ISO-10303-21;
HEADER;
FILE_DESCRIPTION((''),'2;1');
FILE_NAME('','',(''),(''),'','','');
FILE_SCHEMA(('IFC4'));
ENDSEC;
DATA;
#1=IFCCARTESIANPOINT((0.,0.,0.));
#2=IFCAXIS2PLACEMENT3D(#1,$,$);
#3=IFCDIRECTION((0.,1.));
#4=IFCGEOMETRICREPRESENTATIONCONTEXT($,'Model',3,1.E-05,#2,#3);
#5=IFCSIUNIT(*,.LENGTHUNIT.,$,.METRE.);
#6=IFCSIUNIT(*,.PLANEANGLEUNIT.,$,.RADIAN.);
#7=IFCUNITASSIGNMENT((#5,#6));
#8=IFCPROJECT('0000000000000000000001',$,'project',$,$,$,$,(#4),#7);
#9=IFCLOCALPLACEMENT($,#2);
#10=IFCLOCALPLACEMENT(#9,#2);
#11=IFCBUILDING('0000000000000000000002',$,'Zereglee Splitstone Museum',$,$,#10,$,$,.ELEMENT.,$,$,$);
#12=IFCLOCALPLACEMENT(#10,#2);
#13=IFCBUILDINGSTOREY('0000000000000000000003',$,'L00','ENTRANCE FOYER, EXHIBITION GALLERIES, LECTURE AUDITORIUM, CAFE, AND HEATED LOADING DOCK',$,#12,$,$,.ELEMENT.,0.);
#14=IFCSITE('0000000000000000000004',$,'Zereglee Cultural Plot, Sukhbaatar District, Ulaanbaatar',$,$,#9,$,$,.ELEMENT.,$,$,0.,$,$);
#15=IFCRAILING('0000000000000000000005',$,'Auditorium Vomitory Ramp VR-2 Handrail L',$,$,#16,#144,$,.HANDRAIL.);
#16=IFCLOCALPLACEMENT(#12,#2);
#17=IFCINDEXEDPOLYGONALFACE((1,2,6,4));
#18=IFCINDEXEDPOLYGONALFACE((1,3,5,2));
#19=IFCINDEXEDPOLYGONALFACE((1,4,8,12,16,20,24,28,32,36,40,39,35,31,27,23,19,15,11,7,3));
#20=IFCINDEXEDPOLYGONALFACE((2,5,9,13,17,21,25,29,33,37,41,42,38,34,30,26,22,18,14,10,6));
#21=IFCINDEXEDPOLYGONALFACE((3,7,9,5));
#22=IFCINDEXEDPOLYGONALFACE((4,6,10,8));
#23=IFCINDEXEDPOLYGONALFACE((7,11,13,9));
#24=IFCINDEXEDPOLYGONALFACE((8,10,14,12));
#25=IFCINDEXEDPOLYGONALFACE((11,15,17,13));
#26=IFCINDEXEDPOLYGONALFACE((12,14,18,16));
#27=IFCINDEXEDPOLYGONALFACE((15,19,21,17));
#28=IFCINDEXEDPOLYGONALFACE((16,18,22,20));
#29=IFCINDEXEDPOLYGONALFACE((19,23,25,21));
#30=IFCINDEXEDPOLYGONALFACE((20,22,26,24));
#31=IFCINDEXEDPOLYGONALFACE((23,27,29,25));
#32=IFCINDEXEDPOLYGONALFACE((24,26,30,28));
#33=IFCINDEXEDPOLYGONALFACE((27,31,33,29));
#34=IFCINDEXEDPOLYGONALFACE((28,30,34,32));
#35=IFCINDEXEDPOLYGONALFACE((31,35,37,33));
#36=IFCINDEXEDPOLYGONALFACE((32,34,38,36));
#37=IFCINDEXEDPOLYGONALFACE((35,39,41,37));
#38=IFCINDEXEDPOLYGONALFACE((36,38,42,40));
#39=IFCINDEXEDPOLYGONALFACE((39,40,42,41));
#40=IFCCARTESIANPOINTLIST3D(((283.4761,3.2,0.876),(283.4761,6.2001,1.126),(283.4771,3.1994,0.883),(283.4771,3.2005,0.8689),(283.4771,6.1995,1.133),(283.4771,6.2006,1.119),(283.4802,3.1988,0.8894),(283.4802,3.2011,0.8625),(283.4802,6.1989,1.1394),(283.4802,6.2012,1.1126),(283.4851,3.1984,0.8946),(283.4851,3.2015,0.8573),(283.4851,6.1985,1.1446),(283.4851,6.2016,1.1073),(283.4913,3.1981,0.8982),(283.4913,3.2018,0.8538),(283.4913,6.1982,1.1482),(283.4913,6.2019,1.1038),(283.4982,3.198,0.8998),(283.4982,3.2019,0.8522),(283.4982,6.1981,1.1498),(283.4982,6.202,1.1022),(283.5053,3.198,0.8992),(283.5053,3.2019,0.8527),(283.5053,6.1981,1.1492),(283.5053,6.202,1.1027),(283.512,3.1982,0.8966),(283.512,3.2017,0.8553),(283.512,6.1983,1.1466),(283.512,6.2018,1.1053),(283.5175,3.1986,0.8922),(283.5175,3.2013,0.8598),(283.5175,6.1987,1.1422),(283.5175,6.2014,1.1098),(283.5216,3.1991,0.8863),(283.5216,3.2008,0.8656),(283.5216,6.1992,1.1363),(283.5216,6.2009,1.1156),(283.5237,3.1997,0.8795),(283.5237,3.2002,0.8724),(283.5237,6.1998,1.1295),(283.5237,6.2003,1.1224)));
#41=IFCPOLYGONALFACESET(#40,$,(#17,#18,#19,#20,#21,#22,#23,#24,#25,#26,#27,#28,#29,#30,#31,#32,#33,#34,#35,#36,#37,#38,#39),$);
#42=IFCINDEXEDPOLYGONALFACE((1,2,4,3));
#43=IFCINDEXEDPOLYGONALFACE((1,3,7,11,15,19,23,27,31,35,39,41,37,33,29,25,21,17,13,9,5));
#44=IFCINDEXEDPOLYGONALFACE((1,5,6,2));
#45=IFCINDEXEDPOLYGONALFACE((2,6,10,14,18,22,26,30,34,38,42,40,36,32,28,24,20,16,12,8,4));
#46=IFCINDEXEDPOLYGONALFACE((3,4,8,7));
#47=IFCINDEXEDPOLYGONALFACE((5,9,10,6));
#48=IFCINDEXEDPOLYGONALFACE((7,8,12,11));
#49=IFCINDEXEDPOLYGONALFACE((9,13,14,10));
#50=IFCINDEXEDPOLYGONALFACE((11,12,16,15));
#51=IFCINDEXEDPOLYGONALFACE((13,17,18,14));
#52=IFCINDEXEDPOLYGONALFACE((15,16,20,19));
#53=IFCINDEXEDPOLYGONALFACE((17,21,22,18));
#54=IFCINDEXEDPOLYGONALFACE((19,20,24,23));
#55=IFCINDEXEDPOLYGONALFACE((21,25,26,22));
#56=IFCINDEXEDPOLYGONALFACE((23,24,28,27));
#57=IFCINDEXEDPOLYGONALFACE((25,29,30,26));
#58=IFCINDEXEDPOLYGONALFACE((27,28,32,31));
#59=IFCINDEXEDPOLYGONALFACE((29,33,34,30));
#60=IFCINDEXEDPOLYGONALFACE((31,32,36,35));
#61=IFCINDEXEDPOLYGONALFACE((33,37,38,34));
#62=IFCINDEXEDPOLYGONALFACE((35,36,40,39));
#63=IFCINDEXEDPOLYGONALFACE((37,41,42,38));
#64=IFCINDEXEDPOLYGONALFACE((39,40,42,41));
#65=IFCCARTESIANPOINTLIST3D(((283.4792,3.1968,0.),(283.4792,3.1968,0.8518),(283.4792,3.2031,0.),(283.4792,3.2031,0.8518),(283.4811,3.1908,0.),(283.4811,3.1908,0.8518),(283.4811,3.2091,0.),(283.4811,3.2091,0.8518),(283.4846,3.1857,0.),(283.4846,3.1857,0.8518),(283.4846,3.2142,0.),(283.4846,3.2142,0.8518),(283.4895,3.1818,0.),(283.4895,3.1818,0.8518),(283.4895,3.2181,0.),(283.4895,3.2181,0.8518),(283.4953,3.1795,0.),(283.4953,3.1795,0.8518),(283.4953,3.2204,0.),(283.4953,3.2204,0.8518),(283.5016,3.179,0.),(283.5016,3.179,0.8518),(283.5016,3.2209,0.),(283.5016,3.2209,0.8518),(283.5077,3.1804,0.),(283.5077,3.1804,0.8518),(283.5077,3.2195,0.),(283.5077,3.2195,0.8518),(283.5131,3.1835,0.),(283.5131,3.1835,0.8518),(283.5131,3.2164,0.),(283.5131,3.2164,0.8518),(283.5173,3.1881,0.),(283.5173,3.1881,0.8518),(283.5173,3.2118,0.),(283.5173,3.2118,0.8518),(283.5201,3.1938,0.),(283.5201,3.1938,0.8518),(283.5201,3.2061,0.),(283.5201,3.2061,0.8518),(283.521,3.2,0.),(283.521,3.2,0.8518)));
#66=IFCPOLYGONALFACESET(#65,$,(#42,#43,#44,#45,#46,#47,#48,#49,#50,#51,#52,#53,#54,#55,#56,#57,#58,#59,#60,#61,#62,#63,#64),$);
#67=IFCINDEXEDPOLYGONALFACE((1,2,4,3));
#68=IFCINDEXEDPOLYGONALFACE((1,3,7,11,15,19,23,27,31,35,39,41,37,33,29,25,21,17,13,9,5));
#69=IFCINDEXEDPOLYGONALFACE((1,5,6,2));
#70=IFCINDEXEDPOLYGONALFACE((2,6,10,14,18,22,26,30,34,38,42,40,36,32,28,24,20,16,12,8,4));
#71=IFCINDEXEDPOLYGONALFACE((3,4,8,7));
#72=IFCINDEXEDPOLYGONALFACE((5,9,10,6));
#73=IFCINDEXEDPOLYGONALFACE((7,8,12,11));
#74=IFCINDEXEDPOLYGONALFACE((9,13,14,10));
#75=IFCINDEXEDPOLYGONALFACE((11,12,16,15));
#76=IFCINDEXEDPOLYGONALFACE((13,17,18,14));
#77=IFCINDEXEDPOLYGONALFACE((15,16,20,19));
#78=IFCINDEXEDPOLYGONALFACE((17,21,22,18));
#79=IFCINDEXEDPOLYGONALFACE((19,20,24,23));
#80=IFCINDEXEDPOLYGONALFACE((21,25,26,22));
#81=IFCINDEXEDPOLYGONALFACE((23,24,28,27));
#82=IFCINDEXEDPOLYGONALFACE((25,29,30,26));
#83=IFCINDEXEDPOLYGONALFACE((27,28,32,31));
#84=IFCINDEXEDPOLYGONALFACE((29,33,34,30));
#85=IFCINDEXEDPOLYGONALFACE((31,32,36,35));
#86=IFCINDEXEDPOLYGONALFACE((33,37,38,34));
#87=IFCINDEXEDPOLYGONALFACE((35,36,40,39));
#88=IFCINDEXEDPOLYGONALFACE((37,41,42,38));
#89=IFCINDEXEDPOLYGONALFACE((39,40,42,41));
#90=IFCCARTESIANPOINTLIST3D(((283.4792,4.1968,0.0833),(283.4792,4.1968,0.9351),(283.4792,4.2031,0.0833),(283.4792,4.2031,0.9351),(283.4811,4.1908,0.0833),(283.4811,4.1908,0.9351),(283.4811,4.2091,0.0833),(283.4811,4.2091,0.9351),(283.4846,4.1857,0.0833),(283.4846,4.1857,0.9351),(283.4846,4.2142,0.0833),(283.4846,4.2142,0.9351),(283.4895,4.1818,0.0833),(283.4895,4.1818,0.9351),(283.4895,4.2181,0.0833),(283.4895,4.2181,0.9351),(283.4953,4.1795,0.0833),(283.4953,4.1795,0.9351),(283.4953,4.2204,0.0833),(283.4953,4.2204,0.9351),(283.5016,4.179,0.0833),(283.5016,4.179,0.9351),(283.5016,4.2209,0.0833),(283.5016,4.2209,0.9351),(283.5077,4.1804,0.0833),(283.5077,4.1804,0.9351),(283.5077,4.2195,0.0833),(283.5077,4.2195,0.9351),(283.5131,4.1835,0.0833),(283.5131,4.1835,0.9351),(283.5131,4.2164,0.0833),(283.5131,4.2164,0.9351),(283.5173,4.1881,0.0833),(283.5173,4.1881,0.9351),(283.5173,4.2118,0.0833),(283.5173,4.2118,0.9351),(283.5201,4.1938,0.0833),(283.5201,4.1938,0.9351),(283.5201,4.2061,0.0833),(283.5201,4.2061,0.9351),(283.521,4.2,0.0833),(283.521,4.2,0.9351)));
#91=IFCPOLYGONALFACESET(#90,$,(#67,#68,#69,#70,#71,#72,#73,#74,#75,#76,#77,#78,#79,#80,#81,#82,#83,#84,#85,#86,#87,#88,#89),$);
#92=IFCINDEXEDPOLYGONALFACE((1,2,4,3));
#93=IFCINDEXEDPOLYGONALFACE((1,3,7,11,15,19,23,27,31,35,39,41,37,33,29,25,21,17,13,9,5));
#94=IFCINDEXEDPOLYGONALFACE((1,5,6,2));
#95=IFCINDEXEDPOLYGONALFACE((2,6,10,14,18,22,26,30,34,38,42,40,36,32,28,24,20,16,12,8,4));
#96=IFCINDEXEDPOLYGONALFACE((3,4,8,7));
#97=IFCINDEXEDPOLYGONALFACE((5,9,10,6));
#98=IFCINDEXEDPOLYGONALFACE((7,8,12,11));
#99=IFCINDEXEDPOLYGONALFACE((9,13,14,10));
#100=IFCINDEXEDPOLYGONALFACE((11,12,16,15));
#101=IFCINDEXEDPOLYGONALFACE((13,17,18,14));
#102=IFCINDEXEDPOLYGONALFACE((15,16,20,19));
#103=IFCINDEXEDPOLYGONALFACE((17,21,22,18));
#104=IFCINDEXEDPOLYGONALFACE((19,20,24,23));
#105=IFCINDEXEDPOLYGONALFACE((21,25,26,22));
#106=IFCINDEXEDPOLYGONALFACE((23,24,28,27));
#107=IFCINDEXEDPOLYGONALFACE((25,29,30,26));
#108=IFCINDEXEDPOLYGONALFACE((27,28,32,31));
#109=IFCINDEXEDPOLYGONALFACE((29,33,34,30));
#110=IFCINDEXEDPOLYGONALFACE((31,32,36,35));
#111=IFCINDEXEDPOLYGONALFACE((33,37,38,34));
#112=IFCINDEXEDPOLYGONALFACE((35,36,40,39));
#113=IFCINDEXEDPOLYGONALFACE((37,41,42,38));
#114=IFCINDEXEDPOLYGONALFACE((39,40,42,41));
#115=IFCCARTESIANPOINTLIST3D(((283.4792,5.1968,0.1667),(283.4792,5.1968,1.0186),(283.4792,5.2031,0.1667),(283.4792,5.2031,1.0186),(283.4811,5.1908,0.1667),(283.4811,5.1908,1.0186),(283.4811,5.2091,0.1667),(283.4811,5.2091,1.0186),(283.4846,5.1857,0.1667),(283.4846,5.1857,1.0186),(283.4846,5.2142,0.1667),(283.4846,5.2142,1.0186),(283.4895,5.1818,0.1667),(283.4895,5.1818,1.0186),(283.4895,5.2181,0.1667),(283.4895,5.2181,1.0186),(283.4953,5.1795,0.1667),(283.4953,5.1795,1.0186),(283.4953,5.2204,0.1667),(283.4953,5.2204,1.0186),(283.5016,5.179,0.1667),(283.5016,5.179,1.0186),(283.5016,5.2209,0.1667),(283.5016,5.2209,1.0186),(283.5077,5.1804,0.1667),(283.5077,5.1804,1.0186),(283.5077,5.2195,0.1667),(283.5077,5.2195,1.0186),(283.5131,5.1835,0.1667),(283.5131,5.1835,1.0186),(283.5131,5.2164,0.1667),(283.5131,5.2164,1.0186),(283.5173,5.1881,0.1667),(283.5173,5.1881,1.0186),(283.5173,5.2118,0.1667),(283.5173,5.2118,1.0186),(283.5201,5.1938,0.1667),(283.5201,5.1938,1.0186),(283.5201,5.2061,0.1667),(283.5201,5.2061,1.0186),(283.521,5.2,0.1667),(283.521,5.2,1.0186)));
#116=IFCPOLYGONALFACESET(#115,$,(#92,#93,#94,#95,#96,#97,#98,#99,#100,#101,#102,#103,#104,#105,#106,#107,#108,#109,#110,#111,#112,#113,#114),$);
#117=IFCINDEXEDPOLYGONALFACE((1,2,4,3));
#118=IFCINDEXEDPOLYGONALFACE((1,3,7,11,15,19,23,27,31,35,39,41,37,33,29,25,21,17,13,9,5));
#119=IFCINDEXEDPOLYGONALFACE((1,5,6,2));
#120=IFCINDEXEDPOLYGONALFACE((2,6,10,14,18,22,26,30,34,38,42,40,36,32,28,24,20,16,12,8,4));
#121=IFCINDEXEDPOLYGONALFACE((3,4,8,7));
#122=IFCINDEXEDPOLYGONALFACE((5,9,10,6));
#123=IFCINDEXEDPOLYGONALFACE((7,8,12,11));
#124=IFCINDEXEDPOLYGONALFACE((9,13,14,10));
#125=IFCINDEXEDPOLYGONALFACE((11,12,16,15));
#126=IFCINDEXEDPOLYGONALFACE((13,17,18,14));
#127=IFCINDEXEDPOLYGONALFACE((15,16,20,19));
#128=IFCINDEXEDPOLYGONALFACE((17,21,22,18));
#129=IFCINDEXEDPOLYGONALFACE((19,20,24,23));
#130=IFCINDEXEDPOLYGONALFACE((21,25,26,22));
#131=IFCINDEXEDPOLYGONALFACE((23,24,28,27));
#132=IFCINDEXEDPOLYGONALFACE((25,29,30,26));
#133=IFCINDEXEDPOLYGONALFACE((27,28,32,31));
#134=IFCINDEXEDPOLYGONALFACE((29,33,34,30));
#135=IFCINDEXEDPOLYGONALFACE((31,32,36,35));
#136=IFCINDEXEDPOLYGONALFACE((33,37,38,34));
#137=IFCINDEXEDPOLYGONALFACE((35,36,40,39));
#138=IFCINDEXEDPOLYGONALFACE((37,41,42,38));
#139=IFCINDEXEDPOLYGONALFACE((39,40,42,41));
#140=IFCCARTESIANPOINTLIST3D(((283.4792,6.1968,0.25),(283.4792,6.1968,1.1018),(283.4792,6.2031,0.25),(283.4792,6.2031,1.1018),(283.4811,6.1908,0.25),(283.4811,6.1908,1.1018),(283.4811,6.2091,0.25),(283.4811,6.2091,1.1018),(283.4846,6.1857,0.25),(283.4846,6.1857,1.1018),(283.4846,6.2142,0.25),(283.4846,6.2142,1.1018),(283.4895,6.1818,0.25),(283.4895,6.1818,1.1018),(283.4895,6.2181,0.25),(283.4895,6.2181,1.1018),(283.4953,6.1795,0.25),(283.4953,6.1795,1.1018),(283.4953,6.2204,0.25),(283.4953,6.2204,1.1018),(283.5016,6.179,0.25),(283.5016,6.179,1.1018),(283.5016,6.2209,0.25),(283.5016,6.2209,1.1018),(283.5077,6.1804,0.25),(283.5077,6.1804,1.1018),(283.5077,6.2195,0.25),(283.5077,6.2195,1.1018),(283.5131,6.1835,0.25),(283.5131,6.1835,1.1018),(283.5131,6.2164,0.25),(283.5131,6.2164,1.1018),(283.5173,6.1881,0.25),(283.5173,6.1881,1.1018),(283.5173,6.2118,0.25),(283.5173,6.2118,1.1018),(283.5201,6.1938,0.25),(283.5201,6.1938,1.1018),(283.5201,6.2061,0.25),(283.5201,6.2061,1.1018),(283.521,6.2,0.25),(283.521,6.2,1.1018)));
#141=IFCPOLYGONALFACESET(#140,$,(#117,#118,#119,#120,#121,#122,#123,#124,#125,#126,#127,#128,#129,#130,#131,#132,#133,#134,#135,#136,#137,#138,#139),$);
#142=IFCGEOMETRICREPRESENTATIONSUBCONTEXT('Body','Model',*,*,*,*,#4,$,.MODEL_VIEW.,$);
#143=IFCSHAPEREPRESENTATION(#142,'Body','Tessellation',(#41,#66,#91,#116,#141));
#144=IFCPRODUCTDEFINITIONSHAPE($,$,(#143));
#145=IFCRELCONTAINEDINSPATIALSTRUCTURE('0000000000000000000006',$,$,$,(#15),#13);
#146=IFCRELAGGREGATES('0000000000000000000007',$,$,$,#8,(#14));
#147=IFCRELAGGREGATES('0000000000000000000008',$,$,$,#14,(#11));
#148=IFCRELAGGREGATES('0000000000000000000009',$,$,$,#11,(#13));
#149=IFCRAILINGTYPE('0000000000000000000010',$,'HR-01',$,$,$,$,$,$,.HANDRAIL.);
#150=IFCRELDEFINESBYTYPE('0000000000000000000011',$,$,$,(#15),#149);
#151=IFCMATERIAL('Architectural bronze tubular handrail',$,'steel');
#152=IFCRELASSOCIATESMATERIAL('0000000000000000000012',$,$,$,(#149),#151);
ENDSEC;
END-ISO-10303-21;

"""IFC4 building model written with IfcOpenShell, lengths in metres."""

from ifc_helpers import new_model, si_unit, direction, frame, origin, origin_2d, place, context, subcontext, project, spatial, circle, extrude, material, type_object, element, save


model = new_model("IFC4")

# Units and contexts
model_context = context("Model", 3, precision=1e-05, world=origin(), true_north=direction((0.0, 1.0)))
body_context = subcontext(model_context, "Body", "Model", "MODEL_VIEW")
ifc_project = project(units=[si_unit("LENGTHUNIT", "METRE"), si_unit("PLANEANGLEUNIT", "RADIAN")], contexts=[model_context])

# Site, building, storey
site_placement = place(None, origin())
site = spatial("IfcSite", under=ifc_project, at=site_placement, Name="Zereglee Cultural Plot, Sukhbaatar District, Ulaanbaatar", CompositionType="ELEMENT", RefElevation=0.0)
building_placement = place(site_placement, origin())
building = spatial("IfcBuilding", under=site, at=building_placement, Name="Zereglee Splitstone Museum", CompositionType="ELEMENT")
storey_placement = place(building_placement, origin())
storey = spatial("IfcBuildingStorey", under=building, at=storey_placement, Name="L00", Description="ENTRANCE FOYER, EXHIBITION GALLERIES, LECTURE AUDITORIUM, CAFE, AND HEATED LOADING DOCK", CompositionType="ELEMENT", Elevation=0.0)

# Railing
ifc_material_1 = material(Name="Architectural bronze tubular handrail", Category="steel")
railing_type = type_object("IfcRailingType", Name="HR-01", PredefinedType="HANDRAIL", material=ifc_material_1)
for number, where, name in (
    (1, (283.5, 3.2, 0.0), "Auditorium Vomitory Ramp VR-2 Handrail L"),
):
    element("IfcRailing", number, at=place(storey_placement, frame(where)), inside=storey, type_object=railing_type, Name=name, PredefinedType="HANDRAIL", context=body_context, shape_type="SweptSolid", body=[
        extrude(circle(Radius=0.0239, at=origin_2d()), frame((0.0, 0.0, 0.876), z_axis=(0.0, 0.996546, 0.083045), x_axis=(-1.0, 0.0, 0.0)), (0.0, 0.0, 1.0), 3.0105),
        extrude(circle(Radius=0.021, at=origin_2d()), origin(), (0.0, 0.0, 1.0), 0.8518),
        extrude(circle(Radius=0.021, at=origin_2d()), frame((0.0, 1.0, 0.0833)), (0.0, 0.0, 1.0), 0.8518),
        extrude(circle(Radius=0.021, at=origin_2d()), frame((0.0, 2.0, 0.1667)), (0.0, 0.0, 1.0), 0.8518),
        extrude(circle(Radius=0.021, at=origin_2d()), frame((0.0, 3.0, 0.25)), (0.0, 0.0, 1.0), 0.8518),
    ])

save(model, "model.ifc")
